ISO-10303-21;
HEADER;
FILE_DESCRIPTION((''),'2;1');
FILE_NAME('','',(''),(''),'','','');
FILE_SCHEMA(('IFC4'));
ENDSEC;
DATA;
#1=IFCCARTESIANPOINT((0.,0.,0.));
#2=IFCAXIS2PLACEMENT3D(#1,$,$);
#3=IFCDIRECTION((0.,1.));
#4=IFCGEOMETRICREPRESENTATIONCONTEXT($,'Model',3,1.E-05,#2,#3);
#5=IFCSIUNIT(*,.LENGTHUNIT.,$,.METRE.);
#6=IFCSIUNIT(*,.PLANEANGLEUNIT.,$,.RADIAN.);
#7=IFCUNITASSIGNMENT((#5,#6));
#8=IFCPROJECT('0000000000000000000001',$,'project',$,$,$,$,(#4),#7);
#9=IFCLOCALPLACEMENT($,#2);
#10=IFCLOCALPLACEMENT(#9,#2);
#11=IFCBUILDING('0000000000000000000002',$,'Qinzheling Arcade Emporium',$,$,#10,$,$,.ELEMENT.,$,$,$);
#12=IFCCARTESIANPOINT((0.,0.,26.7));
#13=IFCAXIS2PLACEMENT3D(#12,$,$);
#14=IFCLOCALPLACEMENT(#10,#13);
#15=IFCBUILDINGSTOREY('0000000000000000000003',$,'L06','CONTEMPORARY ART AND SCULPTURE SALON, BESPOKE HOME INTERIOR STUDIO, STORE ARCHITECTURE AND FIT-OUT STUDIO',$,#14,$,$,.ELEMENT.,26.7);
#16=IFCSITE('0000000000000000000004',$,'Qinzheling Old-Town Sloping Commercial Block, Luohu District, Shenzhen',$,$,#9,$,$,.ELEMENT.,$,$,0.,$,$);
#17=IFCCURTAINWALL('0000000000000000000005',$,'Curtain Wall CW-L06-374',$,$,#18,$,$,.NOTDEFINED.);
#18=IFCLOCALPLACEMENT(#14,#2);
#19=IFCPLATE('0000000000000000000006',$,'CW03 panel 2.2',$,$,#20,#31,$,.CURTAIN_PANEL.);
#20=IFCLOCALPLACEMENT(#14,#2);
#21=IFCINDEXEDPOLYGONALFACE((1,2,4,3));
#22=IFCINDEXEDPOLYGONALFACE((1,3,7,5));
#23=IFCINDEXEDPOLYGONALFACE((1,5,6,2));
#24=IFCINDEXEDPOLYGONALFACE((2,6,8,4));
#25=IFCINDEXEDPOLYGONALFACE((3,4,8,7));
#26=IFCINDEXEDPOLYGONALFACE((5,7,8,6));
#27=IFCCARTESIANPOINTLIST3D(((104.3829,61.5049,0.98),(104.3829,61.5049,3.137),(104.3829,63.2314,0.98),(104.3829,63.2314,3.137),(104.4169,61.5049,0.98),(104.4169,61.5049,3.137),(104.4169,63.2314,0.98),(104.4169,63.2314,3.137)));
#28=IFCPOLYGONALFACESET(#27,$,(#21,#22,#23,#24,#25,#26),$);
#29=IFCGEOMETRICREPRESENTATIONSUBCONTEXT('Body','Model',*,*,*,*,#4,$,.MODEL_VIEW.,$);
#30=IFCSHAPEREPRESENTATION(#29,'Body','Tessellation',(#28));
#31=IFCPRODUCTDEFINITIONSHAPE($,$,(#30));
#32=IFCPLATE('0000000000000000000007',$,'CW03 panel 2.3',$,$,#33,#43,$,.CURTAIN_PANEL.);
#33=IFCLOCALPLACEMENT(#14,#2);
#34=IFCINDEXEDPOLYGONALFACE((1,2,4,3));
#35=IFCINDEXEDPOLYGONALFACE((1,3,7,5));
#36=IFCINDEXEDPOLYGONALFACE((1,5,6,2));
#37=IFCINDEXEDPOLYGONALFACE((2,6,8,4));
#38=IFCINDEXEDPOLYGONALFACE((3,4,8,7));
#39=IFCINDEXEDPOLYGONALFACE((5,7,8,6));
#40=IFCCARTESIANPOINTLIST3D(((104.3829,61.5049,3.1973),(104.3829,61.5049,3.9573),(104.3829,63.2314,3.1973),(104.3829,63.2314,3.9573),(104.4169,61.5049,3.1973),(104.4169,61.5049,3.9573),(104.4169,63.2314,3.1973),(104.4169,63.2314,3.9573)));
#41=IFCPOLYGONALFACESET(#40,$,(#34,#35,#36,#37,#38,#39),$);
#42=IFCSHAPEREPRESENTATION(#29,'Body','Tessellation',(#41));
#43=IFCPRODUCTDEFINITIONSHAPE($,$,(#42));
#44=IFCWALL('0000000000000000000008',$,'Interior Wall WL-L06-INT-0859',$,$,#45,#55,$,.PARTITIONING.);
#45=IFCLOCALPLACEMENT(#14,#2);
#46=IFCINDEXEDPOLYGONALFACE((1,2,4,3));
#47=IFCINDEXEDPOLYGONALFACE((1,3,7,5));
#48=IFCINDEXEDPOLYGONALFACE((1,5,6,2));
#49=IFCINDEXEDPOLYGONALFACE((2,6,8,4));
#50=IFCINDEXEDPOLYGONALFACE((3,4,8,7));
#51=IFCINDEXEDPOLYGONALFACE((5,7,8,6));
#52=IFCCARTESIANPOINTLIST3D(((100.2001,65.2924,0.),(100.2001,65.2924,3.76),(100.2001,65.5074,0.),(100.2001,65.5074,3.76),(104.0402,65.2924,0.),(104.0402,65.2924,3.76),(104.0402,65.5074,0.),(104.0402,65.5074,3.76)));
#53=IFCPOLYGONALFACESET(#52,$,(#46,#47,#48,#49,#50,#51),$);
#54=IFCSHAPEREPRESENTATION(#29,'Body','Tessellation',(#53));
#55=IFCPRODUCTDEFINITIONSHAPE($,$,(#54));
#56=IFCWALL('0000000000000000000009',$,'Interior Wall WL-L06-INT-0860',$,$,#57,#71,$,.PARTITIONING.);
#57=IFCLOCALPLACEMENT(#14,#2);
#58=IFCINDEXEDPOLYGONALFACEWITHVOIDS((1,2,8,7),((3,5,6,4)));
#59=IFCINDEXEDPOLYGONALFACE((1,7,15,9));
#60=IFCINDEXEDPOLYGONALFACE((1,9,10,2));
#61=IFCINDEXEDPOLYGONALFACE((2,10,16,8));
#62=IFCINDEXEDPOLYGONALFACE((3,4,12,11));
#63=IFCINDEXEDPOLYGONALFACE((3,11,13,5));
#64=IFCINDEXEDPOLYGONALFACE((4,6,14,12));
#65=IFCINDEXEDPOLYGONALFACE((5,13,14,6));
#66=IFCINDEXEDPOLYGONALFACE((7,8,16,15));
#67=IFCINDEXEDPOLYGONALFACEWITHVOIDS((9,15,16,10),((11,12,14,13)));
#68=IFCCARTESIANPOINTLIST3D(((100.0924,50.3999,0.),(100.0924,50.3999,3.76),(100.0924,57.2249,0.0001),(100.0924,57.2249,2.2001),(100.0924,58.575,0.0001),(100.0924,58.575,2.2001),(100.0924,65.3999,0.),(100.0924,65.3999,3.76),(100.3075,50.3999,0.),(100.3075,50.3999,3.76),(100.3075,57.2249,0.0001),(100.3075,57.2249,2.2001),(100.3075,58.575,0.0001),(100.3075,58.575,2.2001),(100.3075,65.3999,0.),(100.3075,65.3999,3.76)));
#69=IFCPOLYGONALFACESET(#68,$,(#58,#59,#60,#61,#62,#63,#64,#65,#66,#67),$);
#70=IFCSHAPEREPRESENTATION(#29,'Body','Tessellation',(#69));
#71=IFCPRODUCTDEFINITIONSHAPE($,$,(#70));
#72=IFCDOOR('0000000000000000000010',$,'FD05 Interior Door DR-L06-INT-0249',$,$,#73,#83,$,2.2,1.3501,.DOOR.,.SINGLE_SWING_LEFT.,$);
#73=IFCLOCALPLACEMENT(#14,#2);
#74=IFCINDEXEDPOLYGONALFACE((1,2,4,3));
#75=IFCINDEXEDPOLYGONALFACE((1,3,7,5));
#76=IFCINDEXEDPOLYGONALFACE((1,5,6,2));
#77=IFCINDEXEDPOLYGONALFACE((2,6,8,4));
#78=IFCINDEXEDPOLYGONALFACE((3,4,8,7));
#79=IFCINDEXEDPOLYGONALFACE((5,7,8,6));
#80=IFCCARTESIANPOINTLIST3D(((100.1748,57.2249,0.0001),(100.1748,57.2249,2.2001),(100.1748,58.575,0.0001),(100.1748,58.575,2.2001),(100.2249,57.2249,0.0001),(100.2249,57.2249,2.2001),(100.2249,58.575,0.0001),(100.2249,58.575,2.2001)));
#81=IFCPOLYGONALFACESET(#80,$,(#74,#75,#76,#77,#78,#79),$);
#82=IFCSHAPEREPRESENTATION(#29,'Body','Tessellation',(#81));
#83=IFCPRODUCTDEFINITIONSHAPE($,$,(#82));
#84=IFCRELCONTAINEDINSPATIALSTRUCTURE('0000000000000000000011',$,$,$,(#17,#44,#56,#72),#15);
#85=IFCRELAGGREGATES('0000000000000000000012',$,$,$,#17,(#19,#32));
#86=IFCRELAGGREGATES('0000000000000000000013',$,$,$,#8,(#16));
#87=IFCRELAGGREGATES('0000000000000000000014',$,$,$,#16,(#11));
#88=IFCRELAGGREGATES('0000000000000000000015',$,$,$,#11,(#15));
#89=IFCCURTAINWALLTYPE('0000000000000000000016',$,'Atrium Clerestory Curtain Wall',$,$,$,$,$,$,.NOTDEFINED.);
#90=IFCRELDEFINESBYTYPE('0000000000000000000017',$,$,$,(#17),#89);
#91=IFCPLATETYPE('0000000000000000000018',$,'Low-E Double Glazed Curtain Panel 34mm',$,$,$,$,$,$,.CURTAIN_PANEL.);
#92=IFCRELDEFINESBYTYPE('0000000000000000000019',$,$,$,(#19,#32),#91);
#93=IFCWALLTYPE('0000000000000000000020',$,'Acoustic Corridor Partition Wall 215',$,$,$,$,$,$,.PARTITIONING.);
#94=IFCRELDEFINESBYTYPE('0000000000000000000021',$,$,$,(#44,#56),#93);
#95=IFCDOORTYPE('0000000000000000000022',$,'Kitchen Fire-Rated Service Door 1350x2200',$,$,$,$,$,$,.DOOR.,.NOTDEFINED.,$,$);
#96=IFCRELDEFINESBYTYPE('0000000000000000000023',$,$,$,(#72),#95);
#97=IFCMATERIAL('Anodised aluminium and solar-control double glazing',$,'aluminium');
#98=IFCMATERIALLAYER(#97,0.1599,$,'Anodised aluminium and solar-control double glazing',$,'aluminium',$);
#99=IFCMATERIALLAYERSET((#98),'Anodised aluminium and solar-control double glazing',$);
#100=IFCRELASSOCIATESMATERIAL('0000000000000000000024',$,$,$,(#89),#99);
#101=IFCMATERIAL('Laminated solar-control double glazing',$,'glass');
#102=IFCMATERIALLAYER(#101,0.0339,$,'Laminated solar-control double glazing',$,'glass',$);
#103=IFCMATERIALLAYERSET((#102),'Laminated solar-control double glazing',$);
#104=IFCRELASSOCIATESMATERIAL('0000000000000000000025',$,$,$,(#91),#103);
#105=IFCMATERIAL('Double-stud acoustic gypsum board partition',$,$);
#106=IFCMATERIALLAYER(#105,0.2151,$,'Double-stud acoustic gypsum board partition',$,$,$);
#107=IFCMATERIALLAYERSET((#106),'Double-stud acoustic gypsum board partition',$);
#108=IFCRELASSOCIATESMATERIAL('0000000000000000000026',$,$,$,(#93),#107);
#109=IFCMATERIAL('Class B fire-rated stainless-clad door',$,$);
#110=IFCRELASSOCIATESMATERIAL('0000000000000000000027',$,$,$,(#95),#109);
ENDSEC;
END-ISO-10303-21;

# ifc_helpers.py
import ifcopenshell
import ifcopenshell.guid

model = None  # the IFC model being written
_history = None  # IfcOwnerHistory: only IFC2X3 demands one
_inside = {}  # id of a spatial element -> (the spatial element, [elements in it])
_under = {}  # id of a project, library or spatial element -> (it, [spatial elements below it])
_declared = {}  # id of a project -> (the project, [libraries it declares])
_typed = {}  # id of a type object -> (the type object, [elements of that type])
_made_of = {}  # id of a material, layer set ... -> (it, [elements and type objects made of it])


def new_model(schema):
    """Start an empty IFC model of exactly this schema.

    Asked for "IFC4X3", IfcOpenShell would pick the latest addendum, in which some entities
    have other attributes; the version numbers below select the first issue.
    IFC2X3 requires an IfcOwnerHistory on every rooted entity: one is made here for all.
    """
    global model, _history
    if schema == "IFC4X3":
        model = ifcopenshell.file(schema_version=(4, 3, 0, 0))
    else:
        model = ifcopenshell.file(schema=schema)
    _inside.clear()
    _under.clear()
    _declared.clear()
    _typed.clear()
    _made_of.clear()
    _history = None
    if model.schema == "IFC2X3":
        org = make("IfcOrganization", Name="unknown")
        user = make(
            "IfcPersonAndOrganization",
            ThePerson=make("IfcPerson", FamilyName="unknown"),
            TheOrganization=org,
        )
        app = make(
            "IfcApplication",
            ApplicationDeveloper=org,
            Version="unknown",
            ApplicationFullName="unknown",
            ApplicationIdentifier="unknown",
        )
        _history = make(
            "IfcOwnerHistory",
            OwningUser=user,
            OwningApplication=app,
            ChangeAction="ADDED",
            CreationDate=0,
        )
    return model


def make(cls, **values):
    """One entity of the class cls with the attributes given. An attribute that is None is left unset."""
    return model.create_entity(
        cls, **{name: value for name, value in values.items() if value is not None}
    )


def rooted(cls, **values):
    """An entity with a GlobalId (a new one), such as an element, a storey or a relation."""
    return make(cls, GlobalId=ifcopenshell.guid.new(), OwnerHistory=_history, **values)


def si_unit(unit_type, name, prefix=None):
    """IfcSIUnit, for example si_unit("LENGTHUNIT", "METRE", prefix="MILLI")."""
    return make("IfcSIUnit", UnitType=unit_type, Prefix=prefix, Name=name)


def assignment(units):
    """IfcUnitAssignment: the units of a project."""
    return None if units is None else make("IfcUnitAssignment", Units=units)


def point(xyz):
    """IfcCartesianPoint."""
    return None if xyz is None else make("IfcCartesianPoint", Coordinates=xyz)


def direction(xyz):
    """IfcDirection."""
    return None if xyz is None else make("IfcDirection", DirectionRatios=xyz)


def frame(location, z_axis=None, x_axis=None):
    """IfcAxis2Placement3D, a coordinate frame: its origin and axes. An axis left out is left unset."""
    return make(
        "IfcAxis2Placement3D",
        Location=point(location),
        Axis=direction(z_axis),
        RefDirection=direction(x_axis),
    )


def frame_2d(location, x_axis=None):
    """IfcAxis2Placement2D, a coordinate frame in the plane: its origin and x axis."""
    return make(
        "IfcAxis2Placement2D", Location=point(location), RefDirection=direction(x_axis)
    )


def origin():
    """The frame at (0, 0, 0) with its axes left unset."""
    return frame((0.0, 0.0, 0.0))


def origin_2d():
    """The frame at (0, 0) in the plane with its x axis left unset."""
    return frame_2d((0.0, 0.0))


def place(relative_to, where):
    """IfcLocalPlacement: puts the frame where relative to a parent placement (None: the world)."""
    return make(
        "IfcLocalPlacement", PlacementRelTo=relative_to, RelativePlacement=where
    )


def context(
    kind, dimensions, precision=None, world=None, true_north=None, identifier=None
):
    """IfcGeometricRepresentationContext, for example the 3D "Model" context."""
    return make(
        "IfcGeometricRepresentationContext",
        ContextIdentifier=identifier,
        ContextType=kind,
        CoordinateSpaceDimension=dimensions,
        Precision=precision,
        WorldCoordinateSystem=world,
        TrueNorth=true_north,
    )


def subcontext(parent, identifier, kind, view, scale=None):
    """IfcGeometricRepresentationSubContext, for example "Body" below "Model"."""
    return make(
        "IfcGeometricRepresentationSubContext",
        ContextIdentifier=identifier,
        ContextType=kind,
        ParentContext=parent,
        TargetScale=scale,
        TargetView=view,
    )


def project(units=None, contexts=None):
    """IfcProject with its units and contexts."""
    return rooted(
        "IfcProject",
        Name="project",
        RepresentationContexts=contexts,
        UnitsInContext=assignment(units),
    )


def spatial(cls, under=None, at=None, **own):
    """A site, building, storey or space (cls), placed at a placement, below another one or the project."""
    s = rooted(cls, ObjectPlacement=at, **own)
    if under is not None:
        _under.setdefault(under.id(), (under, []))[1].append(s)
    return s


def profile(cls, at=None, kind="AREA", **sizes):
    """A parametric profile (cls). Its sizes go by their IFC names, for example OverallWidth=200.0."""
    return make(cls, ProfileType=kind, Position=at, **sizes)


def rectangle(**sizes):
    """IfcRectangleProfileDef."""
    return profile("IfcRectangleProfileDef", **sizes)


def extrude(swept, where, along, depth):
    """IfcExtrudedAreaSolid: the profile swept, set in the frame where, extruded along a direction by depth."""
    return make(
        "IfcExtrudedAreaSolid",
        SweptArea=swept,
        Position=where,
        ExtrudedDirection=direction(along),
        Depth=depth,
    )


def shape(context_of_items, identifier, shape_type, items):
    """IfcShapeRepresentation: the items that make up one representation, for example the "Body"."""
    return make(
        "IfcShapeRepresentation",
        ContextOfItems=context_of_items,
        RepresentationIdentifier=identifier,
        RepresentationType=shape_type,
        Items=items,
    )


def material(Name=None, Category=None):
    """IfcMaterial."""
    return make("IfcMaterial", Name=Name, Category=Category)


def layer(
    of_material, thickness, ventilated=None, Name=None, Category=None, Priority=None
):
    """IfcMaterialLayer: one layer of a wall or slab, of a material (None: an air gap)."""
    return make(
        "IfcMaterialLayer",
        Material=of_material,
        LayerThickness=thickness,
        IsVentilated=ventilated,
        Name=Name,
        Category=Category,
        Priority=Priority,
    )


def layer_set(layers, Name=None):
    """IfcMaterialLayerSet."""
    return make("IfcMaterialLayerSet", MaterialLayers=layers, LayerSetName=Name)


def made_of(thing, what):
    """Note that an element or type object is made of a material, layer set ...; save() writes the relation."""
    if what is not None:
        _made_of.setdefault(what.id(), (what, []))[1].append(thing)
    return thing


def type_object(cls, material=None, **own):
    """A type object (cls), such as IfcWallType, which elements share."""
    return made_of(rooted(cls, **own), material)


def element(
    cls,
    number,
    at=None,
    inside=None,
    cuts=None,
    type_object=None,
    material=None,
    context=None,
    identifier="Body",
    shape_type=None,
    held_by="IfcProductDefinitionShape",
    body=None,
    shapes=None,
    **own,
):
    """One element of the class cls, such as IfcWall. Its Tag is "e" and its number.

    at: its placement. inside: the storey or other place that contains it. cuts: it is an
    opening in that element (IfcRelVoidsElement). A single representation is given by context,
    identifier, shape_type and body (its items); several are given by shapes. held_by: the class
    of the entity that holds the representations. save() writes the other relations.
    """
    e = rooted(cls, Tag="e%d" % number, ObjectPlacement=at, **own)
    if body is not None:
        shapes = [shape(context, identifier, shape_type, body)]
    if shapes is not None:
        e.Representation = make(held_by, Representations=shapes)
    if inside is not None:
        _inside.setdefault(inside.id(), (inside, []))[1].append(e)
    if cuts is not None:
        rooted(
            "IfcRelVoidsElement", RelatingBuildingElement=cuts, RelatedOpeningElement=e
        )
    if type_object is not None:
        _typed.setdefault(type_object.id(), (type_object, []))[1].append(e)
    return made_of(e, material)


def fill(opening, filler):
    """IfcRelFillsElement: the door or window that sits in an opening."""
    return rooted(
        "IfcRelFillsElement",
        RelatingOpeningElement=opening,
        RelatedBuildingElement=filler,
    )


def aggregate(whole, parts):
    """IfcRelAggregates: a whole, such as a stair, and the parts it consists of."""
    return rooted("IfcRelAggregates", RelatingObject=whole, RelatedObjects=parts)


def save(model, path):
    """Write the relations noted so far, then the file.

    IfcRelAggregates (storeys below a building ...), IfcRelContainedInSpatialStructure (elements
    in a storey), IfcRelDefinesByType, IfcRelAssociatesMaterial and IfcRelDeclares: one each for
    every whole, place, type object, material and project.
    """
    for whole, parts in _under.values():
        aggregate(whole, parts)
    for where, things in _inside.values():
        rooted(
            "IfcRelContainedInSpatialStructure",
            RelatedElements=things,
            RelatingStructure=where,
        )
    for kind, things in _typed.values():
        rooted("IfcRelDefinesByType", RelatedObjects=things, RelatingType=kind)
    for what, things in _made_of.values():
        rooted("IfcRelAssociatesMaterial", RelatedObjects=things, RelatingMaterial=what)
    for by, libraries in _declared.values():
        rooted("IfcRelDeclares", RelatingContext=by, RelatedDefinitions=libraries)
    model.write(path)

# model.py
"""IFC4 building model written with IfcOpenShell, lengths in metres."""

from ifc_helpers import new_model, si_unit, direction, frame, frame_2d, origin, origin_2d, place, context, subcontext, project, spatial, rectangle, extrude, material, layer, layer_set, type_object, element, fill, aggregate, save


model = new_model("IFC4")

# Units and contexts
model_context = context("Model", 3, precision=1e-05, world=origin(), true_north=direction((0.0, 1.0)))
body_context = subcontext(model_context, "Body", "Model", "MODEL_VIEW")
ifc_project = project(units=[si_unit("LENGTHUNIT", "METRE"), si_unit("PLANEANGLEUNIT", "RADIAN")], contexts=[model_context])

# Site, building, storey
site_placement = place(None, origin())
site = spatial("IfcSite", under=ifc_project, at=site_placement, Name="Qinzheling Old-Town Sloping Commercial Block, Luohu District, Shenzhen", CompositionType="ELEMENT", RefElevation=0.0)
building_placement = place(site_placement, origin())
building = spatial("IfcBuilding", under=site, at=building_placement, Name="Qinzheling Arcade Emporium", CompositionType="ELEMENT")
storey_placement = place(building_placement, frame((0.0, 0.0, 26.7)))
storey = spatial("IfcBuildingStorey", under=building, at=storey_placement, Name="L06", Description="CONTEMPORARY ART AND SCULPTURE SALON, BESPOKE HOME INTERIOR STUDIO, STORE ARCHITECTURE AND FIT-OUT STUDIO", CompositionType="ELEMENT", Elevation=26.7)

# Shared definitions
ifc_material_1 = material(Name="Anodised aluminium and solar-control double glazing", Category="aluminium")
ifc_layer_1 = layer(ifc_material_1, 0.1599, Name="Anodised aluminium and solar-control double glazing", Category="aluminium")
ifc_layer_set_1 = layer_set([ifc_layer_1], Name="Anodised aluminium and solar-control double glazing")
curtain_wall_type = type_object("IfcCurtainWallType", Name="Atrium Clerestory Curtain Wall", PredefinedType="NOTDEFINED", material=ifc_layer_set_1)

# Curtain wall
curtain_wall_1_placement = place(storey_placement, origin())
curtain_wall_1 = element("IfcCurtainWall", 1, at=curtain_wall_1_placement, inside=storey, type_object=curtain_wall_type, Name="Curtain Wall CW-L06-374", PredefinedType="NOTDEFINED")

# Plates
ifc_material_2 = material(Name="Laminated solar-control double glazing", Category="glass")
ifc_layer_2 = layer(ifc_material_2, 0.0339, Name="Laminated solar-control double glazing", Category="glass")
ifc_layer_set_2 = layer_set([ifc_layer_2], Name="Laminated solar-control double glazing")
plate_type_1 = type_object("IfcPlateType", Name="Low-E Double Glazed Curtain Panel 34mm", PredefinedType="CURTAIN_PANEL", material=ifc_layer_set_2)
plate_1_placement = place(storey_placement, frame((104.3999, 62.3682, 0.98), z_axis=(0.0, 0.0, 1.0), x_axis=(0.0, -1.0, 0.0)))
plate_1 = element("IfcPlate", 2, at=plate_1_placement, type_object=plate_type_1, Name="CW03 panel 2.2", PredefinedType="CURTAIN_PANEL", context=body_context, shape_type="SweptSolid", body=[
    extrude(rectangle(XDim=1.7266, YDim=0.0339, at=origin_2d()), origin(), (0.0, 0.0, 1.0), 2.157),
])
plate_2_placement = place(storey_placement, frame((104.3999, 62.3682, 3.1973), z_axis=(0.0, 0.0, 1.0), x_axis=(0.0, -1.0, 0.0)))
plate_2 = element("IfcPlate", 3, at=plate_2_placement, type_object=plate_type_1, Name="CW03 panel 2.3", PredefinedType="CURTAIN_PANEL", context=body_context, shape_type="SweptSolid", body=[
    extrude(rectangle(XDim=1.7266, YDim=0.0339, at=origin_2d()), origin(), (0.0, 0.0, 1.0), 0.76),
])
aggregate(curtain_wall_1, [plate_1, plate_2])

# Wall
ifc_material_3 = material(Name="Double-stud acoustic gypsum board partition")
ifc_layer_3 = layer(ifc_material_3, 0.2151, Name="Double-stud acoustic gypsum board partition")
ifc_layer_set_3 = layer_set([ifc_layer_3], Name="Double-stud acoustic gypsum board partition")
wall_type = type_object("IfcWallType", Name="Acoustic Corridor Partition Wall 215", PredefinedType="PARTITIONING", material=ifc_layer_set_3)
wall_1_placement = place(storey_placement, frame((104.04, 65.3999, 0.0), z_axis=(0.0, 0.0, 1.0), x_axis=(-1.0, 0.0, 0.0)))
element("IfcWall", 4, at=wall_1_placement, inside=storey, type_object=wall_type, Name="Interior Wall WL-L06-INT-0859", PredefinedType="PARTITIONING", context=body_context, shape_type="SweptSolid", body=[
    extrude(rectangle(XDim=3.8401, YDim=0.2151, at=frame_2d((1.9199, 0.0))), origin(), (0.0, 0.0, 1.0), 3.76),
])

# Wall, opening, door
wall_2_placement = place(storey_placement, frame((100.2, 65.3999, 0.0), z_axis=(0.0, 0.0, 1.0), x_axis=(0.0, -1.0, 0.0)))
wall_2 = element("IfcWall", 5, at=wall_2_placement, inside=storey, type_object=wall_type, Name="Interior Wall WL-L06-INT-0860", PredefinedType="PARTITIONING", context=body_context, shape_type="SweptSolid", body=[
    extrude(rectangle(XDim=15.0, YDim=0.2151, at=frame_2d((7.5, 0.0))), origin(), (0.0, 0.0, 1.0), 3.76),
])
opening_placement = place(wall_2_placement, frame((6.825, 0.0, 0.0)))
opening = element("IfcOpeningElement", 6, at=opening_placement, cuts=wall_2, PredefinedType="OPENING", context=body_context, shape_type="SweptSolid", body=[
    extrude(rectangle(XDim=1.3501, YDim=2.2, at=frame_2d((0.675, 1.1001))), frame((0.0, 0.1177, 0.0), z_axis=(0.0, -1.0, 0.0), x_axis=(1.0, 0.0, 0.0)), (0.0, 0.0, 1.0), 0.2351),
])
ifc_material_4 = material(Name="Class B fire-rated stainless-clad door")
door_type = type_object("IfcDoorType", Name="Kitchen Fire-Rated Service Door 1350x2200", OperationType="NOTDEFINED", PredefinedType="DOOR", material=ifc_material_4)
door_placement = place(opening_placement, origin())
door = element("IfcDoor", 7, at=door_placement, inside=storey, type_object=door_type, Name="FD05 Interior Door DR-L06-INT-0249", OperationType="SINGLE_SWING_LEFT", OverallHeight=2.2, OverallWidth=1.3501, PredefinedType="DOOR", context=body_context, shape_type="SweptSolid", body=[
    extrude(rectangle(XDim=1.3501, YDim=2.2, at=frame_2d((0.675, 1.1001))), frame((0.0, 0.0249, 0.0), z_axis=(0.0, -1.0, 0.0), x_axis=(1.0, 0.0, 0.0)), (0.0, 0.0, 1.0), 0.05),
])
fill(opening, door)

save(model, "model.ifc")
